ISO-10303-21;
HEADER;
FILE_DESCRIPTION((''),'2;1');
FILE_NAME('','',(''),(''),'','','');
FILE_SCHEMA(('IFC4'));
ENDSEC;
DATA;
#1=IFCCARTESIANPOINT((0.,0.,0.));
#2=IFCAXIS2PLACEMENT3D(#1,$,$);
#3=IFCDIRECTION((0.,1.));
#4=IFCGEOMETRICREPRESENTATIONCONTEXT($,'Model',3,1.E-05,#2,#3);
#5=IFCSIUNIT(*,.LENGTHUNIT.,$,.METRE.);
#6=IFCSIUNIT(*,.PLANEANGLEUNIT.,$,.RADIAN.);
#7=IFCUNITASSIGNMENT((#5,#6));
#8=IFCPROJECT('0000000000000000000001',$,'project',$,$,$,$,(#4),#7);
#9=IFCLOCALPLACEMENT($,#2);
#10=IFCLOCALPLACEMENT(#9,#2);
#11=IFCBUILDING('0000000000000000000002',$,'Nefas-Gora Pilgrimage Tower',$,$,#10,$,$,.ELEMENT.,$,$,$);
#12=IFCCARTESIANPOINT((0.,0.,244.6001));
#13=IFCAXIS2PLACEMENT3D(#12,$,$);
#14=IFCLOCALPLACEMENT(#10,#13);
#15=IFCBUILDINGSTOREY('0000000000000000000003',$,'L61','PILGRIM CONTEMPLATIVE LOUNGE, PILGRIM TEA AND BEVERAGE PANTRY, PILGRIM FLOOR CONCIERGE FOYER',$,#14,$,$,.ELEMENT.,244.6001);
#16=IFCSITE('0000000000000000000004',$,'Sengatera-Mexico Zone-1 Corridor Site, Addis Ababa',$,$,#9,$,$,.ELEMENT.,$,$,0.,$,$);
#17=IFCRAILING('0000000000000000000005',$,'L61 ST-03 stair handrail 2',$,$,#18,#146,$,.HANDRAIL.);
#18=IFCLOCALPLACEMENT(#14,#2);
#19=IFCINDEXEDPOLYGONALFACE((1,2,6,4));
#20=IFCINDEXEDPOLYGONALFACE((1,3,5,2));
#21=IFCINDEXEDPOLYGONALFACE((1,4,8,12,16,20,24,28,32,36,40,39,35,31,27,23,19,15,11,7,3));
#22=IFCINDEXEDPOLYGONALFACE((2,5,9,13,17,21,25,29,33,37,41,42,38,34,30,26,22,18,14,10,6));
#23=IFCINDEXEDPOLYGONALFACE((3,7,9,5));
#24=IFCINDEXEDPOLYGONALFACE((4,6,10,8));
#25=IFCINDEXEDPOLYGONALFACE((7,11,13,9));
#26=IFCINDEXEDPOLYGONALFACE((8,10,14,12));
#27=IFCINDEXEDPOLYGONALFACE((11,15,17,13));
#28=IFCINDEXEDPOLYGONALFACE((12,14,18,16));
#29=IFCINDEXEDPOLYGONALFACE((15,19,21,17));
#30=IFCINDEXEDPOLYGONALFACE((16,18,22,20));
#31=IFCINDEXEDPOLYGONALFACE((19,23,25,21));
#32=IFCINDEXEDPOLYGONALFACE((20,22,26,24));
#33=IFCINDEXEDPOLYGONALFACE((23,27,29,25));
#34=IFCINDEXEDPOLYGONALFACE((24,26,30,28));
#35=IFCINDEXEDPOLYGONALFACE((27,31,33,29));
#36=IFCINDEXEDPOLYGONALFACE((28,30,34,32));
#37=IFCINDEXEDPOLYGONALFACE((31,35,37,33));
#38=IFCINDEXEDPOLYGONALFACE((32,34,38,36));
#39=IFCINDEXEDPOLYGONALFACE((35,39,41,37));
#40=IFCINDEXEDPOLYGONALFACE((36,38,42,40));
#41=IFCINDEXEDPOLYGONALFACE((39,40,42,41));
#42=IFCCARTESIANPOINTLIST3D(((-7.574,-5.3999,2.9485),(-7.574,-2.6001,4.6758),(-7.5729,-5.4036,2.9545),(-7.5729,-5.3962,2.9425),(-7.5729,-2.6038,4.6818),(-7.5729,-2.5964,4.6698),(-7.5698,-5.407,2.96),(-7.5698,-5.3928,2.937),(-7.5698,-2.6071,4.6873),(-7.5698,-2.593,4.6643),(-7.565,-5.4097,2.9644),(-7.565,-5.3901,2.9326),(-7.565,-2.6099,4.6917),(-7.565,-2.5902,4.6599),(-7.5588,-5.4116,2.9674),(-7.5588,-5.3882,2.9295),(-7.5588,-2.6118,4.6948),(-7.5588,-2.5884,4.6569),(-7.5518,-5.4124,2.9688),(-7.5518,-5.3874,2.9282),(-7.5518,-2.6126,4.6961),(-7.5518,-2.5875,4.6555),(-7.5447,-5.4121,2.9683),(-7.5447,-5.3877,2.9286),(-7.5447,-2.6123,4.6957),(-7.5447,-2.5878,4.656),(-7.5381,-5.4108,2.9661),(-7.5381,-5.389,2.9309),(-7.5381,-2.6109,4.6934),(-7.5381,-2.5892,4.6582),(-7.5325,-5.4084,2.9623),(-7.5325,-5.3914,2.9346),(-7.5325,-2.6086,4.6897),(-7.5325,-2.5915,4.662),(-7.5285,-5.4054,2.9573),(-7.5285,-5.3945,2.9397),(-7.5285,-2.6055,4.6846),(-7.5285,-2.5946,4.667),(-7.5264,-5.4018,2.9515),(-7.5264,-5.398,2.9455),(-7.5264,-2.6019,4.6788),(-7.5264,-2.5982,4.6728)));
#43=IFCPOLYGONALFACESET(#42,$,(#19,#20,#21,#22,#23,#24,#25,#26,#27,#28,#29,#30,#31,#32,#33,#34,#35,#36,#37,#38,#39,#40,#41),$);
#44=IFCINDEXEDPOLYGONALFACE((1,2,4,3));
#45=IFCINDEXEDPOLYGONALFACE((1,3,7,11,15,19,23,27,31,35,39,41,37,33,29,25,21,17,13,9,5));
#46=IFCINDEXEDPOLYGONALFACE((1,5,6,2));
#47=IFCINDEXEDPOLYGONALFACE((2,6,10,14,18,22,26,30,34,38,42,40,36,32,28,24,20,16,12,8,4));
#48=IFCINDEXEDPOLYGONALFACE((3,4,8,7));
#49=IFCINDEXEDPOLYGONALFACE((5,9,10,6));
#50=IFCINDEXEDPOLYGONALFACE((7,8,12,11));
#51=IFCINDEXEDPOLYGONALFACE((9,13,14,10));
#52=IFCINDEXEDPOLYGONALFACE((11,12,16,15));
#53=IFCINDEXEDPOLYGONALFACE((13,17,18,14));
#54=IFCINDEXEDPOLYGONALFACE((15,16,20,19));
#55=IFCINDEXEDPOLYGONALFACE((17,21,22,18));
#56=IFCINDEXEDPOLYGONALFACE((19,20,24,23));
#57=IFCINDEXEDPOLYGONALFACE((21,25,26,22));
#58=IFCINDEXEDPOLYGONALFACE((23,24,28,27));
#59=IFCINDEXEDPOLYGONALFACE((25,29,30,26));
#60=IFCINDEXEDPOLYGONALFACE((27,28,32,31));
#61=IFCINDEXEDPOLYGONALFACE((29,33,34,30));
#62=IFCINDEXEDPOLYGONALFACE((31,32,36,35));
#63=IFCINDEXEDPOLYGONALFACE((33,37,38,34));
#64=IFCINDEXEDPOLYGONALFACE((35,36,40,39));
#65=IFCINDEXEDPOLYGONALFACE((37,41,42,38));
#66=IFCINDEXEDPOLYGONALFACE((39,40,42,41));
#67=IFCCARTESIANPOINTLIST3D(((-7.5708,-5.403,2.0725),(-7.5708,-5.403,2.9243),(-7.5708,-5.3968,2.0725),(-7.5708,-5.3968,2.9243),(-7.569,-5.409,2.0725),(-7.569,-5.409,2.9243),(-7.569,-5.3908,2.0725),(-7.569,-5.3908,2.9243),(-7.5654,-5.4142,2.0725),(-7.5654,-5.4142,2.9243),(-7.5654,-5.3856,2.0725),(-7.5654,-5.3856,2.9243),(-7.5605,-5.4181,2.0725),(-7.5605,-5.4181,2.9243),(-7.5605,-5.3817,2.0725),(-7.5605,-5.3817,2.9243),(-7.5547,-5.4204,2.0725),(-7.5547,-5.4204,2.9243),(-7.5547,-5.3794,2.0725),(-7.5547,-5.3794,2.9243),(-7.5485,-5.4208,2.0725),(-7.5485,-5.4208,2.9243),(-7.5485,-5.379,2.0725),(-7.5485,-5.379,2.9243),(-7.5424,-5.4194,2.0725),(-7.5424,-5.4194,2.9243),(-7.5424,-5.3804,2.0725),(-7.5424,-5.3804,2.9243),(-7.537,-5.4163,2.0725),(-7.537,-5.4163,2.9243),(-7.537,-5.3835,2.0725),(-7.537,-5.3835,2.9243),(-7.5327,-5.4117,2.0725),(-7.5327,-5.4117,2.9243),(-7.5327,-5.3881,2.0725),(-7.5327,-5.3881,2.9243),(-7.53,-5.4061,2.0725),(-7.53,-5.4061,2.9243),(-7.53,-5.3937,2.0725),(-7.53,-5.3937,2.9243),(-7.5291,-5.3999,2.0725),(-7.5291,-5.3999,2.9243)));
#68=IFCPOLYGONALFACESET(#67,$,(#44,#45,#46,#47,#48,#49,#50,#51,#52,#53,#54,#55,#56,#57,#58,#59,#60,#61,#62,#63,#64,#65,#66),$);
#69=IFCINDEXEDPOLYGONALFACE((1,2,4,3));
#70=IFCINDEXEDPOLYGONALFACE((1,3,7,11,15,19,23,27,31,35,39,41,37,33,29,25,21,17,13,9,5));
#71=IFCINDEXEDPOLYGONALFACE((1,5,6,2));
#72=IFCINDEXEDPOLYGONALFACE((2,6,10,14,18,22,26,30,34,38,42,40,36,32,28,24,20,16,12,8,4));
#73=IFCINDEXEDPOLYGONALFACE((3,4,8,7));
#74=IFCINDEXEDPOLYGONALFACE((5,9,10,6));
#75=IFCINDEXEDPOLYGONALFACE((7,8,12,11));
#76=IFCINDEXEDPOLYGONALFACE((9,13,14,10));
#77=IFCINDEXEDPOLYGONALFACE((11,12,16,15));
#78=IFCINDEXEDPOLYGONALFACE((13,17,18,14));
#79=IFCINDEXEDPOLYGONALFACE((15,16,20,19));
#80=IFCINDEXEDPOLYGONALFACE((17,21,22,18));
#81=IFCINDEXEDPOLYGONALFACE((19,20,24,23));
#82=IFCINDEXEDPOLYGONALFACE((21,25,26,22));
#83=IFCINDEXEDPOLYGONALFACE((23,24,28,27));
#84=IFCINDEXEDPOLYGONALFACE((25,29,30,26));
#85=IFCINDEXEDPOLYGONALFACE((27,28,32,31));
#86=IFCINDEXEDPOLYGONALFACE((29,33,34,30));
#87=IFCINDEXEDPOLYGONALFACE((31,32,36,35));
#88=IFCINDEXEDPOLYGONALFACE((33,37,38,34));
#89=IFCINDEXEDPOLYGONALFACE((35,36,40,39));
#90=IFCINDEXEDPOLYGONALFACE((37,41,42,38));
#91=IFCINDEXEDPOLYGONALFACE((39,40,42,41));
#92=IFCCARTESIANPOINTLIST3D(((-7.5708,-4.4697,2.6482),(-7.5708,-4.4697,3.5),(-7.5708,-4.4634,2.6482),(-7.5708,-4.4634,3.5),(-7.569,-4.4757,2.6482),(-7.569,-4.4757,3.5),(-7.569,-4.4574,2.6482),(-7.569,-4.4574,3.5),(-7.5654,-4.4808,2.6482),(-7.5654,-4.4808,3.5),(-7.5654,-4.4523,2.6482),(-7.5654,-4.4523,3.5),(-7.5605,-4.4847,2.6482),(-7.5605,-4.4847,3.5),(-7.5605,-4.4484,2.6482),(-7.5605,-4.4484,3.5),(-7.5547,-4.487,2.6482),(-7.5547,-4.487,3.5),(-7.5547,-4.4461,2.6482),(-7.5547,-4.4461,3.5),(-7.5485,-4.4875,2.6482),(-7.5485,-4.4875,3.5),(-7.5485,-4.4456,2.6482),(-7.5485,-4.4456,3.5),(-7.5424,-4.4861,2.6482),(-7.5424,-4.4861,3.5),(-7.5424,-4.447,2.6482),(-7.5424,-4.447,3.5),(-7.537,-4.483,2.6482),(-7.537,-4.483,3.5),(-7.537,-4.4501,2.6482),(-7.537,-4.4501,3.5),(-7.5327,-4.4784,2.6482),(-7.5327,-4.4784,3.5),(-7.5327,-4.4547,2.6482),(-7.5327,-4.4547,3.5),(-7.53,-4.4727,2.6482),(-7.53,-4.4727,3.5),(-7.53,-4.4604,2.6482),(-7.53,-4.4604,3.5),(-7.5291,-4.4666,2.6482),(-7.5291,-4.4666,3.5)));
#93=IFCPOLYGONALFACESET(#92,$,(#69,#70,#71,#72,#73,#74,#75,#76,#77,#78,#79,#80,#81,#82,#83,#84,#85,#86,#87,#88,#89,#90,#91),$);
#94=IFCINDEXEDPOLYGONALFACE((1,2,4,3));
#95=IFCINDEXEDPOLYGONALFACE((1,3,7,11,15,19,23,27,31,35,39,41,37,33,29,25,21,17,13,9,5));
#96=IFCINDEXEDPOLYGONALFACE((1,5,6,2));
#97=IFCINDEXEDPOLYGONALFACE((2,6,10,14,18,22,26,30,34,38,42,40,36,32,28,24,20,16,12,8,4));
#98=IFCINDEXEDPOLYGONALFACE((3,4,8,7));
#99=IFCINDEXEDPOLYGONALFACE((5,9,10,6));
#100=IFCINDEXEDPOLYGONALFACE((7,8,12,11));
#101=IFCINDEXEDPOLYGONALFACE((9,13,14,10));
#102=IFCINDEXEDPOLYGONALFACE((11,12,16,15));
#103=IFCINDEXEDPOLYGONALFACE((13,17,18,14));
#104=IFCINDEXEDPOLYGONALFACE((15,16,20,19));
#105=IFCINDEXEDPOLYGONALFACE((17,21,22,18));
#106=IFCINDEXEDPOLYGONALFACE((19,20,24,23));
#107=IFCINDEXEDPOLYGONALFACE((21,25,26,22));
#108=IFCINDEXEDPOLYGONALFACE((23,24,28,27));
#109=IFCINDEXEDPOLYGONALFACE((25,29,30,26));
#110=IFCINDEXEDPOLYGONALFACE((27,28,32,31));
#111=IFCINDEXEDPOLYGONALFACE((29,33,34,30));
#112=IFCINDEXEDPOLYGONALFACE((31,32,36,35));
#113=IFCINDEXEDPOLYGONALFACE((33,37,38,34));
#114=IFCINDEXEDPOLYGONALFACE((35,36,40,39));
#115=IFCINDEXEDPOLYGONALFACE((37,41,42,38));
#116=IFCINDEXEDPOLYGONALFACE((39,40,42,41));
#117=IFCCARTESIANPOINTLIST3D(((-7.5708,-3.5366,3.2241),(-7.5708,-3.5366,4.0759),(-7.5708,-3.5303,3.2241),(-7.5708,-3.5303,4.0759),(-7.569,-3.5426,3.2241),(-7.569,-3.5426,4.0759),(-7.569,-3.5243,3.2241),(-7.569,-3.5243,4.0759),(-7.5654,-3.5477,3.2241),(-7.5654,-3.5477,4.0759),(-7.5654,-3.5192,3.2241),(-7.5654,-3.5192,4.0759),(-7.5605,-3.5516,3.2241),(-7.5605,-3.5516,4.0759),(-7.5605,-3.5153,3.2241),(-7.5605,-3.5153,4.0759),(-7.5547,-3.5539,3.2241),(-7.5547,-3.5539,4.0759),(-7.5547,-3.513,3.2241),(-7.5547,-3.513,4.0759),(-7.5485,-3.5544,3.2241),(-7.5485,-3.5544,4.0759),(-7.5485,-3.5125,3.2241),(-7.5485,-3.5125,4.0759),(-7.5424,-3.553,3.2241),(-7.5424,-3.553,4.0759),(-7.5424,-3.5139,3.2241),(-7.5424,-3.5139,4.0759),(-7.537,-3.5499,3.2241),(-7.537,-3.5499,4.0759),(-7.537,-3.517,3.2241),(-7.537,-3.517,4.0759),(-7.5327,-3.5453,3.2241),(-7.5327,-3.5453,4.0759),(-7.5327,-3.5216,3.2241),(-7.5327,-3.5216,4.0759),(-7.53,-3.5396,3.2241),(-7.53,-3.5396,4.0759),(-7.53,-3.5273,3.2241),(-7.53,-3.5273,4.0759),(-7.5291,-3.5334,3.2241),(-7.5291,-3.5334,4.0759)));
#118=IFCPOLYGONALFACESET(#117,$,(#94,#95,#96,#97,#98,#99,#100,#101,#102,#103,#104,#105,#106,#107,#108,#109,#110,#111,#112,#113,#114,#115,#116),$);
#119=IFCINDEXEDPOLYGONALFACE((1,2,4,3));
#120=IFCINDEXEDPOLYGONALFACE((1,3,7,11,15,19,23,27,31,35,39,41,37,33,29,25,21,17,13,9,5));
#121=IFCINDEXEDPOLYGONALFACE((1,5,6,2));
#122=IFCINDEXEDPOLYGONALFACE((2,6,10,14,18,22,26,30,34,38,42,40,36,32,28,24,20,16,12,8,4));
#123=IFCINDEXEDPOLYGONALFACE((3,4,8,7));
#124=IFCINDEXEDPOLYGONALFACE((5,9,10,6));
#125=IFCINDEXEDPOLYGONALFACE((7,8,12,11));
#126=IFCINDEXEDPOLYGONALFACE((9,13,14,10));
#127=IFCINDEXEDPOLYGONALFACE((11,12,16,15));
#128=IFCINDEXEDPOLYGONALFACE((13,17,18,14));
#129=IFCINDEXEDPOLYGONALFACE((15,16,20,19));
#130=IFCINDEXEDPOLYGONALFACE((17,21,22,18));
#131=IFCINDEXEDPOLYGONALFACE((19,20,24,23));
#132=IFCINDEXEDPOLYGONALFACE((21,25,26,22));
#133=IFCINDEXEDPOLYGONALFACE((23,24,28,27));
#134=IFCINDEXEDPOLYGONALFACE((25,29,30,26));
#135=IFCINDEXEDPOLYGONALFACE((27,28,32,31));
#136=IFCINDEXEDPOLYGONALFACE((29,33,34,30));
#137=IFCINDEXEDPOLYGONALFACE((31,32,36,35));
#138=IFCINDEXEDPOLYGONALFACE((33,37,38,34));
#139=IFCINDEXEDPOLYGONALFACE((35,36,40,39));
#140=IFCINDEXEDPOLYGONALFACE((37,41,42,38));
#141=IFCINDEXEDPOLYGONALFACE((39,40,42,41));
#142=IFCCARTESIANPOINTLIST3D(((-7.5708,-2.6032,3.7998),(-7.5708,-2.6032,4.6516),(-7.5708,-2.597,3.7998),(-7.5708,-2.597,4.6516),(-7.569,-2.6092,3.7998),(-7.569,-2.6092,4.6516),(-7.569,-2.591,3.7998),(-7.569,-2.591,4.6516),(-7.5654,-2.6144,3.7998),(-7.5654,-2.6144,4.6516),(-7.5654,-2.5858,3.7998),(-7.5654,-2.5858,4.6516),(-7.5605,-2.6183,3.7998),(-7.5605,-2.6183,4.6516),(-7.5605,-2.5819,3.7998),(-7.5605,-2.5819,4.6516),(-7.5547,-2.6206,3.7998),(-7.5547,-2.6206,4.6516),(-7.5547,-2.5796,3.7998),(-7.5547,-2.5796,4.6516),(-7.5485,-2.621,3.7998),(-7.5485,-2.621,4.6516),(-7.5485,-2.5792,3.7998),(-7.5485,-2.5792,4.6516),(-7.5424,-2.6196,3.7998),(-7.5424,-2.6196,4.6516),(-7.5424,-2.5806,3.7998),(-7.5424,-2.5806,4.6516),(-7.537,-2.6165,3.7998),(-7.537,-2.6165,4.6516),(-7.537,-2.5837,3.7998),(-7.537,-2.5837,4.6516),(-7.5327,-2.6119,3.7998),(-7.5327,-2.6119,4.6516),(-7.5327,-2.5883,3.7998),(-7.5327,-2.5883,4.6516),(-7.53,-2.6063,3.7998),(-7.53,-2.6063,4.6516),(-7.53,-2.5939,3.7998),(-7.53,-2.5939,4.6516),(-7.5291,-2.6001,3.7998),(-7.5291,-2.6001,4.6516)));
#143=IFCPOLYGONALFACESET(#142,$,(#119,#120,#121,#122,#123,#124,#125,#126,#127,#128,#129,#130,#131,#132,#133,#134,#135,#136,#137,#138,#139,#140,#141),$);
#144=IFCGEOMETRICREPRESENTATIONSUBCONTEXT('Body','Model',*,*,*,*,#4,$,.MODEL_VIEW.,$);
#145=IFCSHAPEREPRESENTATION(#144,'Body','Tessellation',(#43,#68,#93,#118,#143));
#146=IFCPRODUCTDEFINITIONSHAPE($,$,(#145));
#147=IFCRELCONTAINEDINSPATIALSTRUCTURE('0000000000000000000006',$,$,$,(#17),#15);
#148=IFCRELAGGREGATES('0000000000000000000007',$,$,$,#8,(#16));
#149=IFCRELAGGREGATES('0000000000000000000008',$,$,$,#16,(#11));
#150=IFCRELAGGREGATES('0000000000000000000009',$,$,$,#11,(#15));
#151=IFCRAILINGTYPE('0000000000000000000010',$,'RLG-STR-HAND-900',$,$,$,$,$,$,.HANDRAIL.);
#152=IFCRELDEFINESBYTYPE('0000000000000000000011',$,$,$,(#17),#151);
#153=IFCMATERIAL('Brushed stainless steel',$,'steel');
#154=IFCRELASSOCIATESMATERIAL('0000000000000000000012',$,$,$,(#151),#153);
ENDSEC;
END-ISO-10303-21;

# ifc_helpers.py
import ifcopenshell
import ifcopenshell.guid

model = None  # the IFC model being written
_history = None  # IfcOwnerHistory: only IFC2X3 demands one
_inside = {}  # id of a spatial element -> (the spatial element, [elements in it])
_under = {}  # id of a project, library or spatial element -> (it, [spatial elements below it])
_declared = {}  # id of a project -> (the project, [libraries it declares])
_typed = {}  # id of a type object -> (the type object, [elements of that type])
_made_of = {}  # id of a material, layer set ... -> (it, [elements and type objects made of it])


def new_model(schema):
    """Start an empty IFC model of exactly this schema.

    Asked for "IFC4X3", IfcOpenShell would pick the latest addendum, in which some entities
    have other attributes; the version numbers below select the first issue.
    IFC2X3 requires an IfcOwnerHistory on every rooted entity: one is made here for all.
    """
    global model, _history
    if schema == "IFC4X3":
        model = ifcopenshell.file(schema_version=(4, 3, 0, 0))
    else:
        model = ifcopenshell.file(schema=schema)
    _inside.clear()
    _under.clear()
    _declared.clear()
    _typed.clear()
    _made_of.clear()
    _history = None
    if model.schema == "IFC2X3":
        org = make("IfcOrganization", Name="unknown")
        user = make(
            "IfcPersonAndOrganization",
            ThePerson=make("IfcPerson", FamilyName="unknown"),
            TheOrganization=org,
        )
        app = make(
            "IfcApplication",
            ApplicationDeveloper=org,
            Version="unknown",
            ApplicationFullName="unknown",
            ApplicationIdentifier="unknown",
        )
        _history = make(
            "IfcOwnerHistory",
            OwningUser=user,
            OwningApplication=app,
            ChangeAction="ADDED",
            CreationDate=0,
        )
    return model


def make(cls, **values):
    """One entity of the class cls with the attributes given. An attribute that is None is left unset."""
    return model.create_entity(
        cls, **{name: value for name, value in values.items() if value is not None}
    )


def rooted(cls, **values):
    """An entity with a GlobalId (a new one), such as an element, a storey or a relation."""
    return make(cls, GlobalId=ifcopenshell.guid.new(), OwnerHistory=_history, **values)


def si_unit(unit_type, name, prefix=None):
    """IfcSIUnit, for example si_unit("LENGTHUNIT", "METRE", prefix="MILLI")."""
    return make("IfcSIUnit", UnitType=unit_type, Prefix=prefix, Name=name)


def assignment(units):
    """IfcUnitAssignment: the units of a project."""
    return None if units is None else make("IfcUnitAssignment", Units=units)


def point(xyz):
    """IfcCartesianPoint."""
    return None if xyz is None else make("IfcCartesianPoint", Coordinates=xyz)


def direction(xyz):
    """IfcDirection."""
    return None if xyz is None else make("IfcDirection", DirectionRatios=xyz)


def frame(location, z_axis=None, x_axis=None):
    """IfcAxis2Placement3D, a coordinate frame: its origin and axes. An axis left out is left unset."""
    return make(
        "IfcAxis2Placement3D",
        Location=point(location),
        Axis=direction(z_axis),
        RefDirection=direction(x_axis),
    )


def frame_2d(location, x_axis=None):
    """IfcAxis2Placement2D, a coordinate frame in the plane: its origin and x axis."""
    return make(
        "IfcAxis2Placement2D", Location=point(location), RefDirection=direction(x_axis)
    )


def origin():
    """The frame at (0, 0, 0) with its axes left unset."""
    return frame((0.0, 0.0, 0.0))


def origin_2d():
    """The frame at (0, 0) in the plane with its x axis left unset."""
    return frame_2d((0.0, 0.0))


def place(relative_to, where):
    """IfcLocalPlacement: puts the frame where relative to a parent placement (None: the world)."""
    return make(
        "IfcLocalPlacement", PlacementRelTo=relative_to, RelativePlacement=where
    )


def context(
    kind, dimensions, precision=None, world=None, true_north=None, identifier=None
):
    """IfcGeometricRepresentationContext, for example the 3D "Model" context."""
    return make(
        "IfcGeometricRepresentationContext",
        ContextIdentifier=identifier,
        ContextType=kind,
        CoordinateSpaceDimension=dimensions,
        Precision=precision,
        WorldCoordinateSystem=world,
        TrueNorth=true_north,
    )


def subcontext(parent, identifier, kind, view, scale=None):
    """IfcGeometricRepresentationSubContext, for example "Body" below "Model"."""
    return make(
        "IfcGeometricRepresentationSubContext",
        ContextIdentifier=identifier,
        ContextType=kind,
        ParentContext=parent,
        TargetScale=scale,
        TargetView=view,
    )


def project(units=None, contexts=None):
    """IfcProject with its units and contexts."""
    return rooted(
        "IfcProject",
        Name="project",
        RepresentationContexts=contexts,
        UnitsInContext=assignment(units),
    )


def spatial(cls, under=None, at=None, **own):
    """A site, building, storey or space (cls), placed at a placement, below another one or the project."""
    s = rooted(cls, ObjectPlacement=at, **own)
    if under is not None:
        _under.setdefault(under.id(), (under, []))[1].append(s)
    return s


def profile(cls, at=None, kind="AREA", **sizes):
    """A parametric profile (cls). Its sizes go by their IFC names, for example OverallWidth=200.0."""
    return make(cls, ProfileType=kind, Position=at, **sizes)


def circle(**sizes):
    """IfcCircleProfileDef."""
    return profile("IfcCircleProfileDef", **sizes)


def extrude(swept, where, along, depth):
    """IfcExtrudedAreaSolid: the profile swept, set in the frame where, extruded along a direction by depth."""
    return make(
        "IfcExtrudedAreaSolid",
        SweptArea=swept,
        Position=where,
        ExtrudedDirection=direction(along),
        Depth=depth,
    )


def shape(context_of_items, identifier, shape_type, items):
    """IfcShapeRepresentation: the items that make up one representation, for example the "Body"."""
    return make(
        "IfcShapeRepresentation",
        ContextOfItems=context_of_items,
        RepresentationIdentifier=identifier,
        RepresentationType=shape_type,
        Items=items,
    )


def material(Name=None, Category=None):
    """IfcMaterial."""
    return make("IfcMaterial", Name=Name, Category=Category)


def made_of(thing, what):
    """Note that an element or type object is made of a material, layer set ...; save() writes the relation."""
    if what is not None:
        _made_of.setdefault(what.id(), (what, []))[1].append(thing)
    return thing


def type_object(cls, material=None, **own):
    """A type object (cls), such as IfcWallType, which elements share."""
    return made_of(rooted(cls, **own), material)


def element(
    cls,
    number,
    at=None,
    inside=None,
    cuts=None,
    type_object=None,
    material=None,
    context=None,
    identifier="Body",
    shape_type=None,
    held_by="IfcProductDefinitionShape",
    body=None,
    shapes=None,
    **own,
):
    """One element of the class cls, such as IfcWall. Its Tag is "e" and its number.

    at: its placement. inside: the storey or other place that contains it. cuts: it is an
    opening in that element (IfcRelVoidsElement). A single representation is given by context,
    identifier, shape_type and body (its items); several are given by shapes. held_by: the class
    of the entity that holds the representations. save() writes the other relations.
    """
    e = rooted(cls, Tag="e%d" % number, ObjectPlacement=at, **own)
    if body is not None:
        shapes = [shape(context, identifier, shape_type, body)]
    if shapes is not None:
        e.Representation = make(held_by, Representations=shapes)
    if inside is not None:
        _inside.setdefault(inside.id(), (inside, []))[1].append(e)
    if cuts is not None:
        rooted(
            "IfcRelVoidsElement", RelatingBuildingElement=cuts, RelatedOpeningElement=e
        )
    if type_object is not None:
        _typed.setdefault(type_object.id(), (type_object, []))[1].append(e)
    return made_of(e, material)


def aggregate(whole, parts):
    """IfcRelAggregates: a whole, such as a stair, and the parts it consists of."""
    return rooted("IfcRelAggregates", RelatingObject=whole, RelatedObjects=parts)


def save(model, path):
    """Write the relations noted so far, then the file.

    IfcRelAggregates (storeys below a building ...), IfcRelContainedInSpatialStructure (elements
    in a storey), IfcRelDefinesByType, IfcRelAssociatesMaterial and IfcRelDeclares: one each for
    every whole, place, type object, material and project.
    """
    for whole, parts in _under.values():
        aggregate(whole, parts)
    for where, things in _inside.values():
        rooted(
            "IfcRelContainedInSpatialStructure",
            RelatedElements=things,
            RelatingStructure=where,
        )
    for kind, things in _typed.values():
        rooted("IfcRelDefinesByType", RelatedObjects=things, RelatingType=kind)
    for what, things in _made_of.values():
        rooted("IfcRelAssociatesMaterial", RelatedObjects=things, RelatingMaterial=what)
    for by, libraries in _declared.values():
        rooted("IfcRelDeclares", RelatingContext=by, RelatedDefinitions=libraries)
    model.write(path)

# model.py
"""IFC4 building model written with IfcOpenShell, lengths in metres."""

from ifc_helpers import new_model, si_unit, direction, frame, origin, origin_2d, place, context, subcontext, project, spatial, circle, extrude, material, type_object, element, save


model = new_model("IFC4")

# Units and contexts
model_context = context("Model", 3, precision=1e-05, world=origin(), true_north=direction((0.0, 1.0)))
body_context = subcontext(model_context, "Body", "Model", "MODEL_VIEW")
ifc_project = project(units=[si_unit("LENGTHUNIT", "METRE"), si_unit("PLANEANGLEUNIT", "RADIAN")], contexts=[model_context])

# Site, building, storey
site_placement = place(None, origin())
site = spatial("IfcSite", under=ifc_project, at=site_placement, Name="Sengatera-Mexico Zone-1 Corridor Site, Addis Ababa", CompositionType="ELEMENT", RefElevation=0.0)
building_placement = place(site_placement, origin())
building = spatial("IfcBuilding", under=site, at=building_placement, Name="Nefas-Gora Pilgrimage Tower", CompositionType="ELEMENT")
storey_placement = place(building_placement, frame((0.0, 0.0, 244.6001)))
storey = spatial("IfcBuildingStorey", under=building, at=storey_placement, Name="L61", Description="PILGRIM CONTEMPLATIVE LOUNGE, PILGRIM TEA AND BEVERAGE PANTRY, PILGRIM FLOOR CONCIERGE FOYER", CompositionType="ELEMENT", Elevation=244.6001)

# Railing
ifc_material_1 = material(Name="Brushed stainless steel", Category="steel")
railing_type_1 = type_object("IfcRailingType", Name="RLG-STR-HAND-900", PredefinedType="HANDRAIL", material=ifc_material_1)
railing_1_placement = place(storey_placement, frame((-7.55, -5.3999, 2.0725)))
element("IfcRailing", 1, at=railing_1_placement, inside=storey, type_object=railing_type_1, Name="L61 ST-03 stair handrail 2", PredefinedType="HANDRAIL", context=body_context, shape_type="SweptSolid", body=[
    extrude(circle(Radius=0.0239, at=origin_2d()), frame((0.0, 0.0, 0.876), z_axis=(0.0, 0.851069, 0.525054), x_axis=(-1.0, 0.0, 0.0)), (0.0, 0.0, 1.0), 3.2898),
    extrude(circle(Radius=0.021, at=origin_2d()), origin(), (0.0, 0.0, 1.0), 0.8518),
    extrude(circle(Radius=0.021, at=origin_2d()), frame((0.0, 0.9333, 0.5757)), (0.0, 0.0, 1.0), 0.8518),
    extrude(circle(Radius=0.021, at=origin_2d()), frame((0.0, 1.8665, 1.1516)), (0.0, 0.0, 1.0), 0.8518),
    extrude(circle(Radius=0.021, at=origin_2d()), frame((0.0, 2.7998, 1.7273)), (0.0, 0.0, 1.0), 0.8518),
])

save(model, "model.ifc")
